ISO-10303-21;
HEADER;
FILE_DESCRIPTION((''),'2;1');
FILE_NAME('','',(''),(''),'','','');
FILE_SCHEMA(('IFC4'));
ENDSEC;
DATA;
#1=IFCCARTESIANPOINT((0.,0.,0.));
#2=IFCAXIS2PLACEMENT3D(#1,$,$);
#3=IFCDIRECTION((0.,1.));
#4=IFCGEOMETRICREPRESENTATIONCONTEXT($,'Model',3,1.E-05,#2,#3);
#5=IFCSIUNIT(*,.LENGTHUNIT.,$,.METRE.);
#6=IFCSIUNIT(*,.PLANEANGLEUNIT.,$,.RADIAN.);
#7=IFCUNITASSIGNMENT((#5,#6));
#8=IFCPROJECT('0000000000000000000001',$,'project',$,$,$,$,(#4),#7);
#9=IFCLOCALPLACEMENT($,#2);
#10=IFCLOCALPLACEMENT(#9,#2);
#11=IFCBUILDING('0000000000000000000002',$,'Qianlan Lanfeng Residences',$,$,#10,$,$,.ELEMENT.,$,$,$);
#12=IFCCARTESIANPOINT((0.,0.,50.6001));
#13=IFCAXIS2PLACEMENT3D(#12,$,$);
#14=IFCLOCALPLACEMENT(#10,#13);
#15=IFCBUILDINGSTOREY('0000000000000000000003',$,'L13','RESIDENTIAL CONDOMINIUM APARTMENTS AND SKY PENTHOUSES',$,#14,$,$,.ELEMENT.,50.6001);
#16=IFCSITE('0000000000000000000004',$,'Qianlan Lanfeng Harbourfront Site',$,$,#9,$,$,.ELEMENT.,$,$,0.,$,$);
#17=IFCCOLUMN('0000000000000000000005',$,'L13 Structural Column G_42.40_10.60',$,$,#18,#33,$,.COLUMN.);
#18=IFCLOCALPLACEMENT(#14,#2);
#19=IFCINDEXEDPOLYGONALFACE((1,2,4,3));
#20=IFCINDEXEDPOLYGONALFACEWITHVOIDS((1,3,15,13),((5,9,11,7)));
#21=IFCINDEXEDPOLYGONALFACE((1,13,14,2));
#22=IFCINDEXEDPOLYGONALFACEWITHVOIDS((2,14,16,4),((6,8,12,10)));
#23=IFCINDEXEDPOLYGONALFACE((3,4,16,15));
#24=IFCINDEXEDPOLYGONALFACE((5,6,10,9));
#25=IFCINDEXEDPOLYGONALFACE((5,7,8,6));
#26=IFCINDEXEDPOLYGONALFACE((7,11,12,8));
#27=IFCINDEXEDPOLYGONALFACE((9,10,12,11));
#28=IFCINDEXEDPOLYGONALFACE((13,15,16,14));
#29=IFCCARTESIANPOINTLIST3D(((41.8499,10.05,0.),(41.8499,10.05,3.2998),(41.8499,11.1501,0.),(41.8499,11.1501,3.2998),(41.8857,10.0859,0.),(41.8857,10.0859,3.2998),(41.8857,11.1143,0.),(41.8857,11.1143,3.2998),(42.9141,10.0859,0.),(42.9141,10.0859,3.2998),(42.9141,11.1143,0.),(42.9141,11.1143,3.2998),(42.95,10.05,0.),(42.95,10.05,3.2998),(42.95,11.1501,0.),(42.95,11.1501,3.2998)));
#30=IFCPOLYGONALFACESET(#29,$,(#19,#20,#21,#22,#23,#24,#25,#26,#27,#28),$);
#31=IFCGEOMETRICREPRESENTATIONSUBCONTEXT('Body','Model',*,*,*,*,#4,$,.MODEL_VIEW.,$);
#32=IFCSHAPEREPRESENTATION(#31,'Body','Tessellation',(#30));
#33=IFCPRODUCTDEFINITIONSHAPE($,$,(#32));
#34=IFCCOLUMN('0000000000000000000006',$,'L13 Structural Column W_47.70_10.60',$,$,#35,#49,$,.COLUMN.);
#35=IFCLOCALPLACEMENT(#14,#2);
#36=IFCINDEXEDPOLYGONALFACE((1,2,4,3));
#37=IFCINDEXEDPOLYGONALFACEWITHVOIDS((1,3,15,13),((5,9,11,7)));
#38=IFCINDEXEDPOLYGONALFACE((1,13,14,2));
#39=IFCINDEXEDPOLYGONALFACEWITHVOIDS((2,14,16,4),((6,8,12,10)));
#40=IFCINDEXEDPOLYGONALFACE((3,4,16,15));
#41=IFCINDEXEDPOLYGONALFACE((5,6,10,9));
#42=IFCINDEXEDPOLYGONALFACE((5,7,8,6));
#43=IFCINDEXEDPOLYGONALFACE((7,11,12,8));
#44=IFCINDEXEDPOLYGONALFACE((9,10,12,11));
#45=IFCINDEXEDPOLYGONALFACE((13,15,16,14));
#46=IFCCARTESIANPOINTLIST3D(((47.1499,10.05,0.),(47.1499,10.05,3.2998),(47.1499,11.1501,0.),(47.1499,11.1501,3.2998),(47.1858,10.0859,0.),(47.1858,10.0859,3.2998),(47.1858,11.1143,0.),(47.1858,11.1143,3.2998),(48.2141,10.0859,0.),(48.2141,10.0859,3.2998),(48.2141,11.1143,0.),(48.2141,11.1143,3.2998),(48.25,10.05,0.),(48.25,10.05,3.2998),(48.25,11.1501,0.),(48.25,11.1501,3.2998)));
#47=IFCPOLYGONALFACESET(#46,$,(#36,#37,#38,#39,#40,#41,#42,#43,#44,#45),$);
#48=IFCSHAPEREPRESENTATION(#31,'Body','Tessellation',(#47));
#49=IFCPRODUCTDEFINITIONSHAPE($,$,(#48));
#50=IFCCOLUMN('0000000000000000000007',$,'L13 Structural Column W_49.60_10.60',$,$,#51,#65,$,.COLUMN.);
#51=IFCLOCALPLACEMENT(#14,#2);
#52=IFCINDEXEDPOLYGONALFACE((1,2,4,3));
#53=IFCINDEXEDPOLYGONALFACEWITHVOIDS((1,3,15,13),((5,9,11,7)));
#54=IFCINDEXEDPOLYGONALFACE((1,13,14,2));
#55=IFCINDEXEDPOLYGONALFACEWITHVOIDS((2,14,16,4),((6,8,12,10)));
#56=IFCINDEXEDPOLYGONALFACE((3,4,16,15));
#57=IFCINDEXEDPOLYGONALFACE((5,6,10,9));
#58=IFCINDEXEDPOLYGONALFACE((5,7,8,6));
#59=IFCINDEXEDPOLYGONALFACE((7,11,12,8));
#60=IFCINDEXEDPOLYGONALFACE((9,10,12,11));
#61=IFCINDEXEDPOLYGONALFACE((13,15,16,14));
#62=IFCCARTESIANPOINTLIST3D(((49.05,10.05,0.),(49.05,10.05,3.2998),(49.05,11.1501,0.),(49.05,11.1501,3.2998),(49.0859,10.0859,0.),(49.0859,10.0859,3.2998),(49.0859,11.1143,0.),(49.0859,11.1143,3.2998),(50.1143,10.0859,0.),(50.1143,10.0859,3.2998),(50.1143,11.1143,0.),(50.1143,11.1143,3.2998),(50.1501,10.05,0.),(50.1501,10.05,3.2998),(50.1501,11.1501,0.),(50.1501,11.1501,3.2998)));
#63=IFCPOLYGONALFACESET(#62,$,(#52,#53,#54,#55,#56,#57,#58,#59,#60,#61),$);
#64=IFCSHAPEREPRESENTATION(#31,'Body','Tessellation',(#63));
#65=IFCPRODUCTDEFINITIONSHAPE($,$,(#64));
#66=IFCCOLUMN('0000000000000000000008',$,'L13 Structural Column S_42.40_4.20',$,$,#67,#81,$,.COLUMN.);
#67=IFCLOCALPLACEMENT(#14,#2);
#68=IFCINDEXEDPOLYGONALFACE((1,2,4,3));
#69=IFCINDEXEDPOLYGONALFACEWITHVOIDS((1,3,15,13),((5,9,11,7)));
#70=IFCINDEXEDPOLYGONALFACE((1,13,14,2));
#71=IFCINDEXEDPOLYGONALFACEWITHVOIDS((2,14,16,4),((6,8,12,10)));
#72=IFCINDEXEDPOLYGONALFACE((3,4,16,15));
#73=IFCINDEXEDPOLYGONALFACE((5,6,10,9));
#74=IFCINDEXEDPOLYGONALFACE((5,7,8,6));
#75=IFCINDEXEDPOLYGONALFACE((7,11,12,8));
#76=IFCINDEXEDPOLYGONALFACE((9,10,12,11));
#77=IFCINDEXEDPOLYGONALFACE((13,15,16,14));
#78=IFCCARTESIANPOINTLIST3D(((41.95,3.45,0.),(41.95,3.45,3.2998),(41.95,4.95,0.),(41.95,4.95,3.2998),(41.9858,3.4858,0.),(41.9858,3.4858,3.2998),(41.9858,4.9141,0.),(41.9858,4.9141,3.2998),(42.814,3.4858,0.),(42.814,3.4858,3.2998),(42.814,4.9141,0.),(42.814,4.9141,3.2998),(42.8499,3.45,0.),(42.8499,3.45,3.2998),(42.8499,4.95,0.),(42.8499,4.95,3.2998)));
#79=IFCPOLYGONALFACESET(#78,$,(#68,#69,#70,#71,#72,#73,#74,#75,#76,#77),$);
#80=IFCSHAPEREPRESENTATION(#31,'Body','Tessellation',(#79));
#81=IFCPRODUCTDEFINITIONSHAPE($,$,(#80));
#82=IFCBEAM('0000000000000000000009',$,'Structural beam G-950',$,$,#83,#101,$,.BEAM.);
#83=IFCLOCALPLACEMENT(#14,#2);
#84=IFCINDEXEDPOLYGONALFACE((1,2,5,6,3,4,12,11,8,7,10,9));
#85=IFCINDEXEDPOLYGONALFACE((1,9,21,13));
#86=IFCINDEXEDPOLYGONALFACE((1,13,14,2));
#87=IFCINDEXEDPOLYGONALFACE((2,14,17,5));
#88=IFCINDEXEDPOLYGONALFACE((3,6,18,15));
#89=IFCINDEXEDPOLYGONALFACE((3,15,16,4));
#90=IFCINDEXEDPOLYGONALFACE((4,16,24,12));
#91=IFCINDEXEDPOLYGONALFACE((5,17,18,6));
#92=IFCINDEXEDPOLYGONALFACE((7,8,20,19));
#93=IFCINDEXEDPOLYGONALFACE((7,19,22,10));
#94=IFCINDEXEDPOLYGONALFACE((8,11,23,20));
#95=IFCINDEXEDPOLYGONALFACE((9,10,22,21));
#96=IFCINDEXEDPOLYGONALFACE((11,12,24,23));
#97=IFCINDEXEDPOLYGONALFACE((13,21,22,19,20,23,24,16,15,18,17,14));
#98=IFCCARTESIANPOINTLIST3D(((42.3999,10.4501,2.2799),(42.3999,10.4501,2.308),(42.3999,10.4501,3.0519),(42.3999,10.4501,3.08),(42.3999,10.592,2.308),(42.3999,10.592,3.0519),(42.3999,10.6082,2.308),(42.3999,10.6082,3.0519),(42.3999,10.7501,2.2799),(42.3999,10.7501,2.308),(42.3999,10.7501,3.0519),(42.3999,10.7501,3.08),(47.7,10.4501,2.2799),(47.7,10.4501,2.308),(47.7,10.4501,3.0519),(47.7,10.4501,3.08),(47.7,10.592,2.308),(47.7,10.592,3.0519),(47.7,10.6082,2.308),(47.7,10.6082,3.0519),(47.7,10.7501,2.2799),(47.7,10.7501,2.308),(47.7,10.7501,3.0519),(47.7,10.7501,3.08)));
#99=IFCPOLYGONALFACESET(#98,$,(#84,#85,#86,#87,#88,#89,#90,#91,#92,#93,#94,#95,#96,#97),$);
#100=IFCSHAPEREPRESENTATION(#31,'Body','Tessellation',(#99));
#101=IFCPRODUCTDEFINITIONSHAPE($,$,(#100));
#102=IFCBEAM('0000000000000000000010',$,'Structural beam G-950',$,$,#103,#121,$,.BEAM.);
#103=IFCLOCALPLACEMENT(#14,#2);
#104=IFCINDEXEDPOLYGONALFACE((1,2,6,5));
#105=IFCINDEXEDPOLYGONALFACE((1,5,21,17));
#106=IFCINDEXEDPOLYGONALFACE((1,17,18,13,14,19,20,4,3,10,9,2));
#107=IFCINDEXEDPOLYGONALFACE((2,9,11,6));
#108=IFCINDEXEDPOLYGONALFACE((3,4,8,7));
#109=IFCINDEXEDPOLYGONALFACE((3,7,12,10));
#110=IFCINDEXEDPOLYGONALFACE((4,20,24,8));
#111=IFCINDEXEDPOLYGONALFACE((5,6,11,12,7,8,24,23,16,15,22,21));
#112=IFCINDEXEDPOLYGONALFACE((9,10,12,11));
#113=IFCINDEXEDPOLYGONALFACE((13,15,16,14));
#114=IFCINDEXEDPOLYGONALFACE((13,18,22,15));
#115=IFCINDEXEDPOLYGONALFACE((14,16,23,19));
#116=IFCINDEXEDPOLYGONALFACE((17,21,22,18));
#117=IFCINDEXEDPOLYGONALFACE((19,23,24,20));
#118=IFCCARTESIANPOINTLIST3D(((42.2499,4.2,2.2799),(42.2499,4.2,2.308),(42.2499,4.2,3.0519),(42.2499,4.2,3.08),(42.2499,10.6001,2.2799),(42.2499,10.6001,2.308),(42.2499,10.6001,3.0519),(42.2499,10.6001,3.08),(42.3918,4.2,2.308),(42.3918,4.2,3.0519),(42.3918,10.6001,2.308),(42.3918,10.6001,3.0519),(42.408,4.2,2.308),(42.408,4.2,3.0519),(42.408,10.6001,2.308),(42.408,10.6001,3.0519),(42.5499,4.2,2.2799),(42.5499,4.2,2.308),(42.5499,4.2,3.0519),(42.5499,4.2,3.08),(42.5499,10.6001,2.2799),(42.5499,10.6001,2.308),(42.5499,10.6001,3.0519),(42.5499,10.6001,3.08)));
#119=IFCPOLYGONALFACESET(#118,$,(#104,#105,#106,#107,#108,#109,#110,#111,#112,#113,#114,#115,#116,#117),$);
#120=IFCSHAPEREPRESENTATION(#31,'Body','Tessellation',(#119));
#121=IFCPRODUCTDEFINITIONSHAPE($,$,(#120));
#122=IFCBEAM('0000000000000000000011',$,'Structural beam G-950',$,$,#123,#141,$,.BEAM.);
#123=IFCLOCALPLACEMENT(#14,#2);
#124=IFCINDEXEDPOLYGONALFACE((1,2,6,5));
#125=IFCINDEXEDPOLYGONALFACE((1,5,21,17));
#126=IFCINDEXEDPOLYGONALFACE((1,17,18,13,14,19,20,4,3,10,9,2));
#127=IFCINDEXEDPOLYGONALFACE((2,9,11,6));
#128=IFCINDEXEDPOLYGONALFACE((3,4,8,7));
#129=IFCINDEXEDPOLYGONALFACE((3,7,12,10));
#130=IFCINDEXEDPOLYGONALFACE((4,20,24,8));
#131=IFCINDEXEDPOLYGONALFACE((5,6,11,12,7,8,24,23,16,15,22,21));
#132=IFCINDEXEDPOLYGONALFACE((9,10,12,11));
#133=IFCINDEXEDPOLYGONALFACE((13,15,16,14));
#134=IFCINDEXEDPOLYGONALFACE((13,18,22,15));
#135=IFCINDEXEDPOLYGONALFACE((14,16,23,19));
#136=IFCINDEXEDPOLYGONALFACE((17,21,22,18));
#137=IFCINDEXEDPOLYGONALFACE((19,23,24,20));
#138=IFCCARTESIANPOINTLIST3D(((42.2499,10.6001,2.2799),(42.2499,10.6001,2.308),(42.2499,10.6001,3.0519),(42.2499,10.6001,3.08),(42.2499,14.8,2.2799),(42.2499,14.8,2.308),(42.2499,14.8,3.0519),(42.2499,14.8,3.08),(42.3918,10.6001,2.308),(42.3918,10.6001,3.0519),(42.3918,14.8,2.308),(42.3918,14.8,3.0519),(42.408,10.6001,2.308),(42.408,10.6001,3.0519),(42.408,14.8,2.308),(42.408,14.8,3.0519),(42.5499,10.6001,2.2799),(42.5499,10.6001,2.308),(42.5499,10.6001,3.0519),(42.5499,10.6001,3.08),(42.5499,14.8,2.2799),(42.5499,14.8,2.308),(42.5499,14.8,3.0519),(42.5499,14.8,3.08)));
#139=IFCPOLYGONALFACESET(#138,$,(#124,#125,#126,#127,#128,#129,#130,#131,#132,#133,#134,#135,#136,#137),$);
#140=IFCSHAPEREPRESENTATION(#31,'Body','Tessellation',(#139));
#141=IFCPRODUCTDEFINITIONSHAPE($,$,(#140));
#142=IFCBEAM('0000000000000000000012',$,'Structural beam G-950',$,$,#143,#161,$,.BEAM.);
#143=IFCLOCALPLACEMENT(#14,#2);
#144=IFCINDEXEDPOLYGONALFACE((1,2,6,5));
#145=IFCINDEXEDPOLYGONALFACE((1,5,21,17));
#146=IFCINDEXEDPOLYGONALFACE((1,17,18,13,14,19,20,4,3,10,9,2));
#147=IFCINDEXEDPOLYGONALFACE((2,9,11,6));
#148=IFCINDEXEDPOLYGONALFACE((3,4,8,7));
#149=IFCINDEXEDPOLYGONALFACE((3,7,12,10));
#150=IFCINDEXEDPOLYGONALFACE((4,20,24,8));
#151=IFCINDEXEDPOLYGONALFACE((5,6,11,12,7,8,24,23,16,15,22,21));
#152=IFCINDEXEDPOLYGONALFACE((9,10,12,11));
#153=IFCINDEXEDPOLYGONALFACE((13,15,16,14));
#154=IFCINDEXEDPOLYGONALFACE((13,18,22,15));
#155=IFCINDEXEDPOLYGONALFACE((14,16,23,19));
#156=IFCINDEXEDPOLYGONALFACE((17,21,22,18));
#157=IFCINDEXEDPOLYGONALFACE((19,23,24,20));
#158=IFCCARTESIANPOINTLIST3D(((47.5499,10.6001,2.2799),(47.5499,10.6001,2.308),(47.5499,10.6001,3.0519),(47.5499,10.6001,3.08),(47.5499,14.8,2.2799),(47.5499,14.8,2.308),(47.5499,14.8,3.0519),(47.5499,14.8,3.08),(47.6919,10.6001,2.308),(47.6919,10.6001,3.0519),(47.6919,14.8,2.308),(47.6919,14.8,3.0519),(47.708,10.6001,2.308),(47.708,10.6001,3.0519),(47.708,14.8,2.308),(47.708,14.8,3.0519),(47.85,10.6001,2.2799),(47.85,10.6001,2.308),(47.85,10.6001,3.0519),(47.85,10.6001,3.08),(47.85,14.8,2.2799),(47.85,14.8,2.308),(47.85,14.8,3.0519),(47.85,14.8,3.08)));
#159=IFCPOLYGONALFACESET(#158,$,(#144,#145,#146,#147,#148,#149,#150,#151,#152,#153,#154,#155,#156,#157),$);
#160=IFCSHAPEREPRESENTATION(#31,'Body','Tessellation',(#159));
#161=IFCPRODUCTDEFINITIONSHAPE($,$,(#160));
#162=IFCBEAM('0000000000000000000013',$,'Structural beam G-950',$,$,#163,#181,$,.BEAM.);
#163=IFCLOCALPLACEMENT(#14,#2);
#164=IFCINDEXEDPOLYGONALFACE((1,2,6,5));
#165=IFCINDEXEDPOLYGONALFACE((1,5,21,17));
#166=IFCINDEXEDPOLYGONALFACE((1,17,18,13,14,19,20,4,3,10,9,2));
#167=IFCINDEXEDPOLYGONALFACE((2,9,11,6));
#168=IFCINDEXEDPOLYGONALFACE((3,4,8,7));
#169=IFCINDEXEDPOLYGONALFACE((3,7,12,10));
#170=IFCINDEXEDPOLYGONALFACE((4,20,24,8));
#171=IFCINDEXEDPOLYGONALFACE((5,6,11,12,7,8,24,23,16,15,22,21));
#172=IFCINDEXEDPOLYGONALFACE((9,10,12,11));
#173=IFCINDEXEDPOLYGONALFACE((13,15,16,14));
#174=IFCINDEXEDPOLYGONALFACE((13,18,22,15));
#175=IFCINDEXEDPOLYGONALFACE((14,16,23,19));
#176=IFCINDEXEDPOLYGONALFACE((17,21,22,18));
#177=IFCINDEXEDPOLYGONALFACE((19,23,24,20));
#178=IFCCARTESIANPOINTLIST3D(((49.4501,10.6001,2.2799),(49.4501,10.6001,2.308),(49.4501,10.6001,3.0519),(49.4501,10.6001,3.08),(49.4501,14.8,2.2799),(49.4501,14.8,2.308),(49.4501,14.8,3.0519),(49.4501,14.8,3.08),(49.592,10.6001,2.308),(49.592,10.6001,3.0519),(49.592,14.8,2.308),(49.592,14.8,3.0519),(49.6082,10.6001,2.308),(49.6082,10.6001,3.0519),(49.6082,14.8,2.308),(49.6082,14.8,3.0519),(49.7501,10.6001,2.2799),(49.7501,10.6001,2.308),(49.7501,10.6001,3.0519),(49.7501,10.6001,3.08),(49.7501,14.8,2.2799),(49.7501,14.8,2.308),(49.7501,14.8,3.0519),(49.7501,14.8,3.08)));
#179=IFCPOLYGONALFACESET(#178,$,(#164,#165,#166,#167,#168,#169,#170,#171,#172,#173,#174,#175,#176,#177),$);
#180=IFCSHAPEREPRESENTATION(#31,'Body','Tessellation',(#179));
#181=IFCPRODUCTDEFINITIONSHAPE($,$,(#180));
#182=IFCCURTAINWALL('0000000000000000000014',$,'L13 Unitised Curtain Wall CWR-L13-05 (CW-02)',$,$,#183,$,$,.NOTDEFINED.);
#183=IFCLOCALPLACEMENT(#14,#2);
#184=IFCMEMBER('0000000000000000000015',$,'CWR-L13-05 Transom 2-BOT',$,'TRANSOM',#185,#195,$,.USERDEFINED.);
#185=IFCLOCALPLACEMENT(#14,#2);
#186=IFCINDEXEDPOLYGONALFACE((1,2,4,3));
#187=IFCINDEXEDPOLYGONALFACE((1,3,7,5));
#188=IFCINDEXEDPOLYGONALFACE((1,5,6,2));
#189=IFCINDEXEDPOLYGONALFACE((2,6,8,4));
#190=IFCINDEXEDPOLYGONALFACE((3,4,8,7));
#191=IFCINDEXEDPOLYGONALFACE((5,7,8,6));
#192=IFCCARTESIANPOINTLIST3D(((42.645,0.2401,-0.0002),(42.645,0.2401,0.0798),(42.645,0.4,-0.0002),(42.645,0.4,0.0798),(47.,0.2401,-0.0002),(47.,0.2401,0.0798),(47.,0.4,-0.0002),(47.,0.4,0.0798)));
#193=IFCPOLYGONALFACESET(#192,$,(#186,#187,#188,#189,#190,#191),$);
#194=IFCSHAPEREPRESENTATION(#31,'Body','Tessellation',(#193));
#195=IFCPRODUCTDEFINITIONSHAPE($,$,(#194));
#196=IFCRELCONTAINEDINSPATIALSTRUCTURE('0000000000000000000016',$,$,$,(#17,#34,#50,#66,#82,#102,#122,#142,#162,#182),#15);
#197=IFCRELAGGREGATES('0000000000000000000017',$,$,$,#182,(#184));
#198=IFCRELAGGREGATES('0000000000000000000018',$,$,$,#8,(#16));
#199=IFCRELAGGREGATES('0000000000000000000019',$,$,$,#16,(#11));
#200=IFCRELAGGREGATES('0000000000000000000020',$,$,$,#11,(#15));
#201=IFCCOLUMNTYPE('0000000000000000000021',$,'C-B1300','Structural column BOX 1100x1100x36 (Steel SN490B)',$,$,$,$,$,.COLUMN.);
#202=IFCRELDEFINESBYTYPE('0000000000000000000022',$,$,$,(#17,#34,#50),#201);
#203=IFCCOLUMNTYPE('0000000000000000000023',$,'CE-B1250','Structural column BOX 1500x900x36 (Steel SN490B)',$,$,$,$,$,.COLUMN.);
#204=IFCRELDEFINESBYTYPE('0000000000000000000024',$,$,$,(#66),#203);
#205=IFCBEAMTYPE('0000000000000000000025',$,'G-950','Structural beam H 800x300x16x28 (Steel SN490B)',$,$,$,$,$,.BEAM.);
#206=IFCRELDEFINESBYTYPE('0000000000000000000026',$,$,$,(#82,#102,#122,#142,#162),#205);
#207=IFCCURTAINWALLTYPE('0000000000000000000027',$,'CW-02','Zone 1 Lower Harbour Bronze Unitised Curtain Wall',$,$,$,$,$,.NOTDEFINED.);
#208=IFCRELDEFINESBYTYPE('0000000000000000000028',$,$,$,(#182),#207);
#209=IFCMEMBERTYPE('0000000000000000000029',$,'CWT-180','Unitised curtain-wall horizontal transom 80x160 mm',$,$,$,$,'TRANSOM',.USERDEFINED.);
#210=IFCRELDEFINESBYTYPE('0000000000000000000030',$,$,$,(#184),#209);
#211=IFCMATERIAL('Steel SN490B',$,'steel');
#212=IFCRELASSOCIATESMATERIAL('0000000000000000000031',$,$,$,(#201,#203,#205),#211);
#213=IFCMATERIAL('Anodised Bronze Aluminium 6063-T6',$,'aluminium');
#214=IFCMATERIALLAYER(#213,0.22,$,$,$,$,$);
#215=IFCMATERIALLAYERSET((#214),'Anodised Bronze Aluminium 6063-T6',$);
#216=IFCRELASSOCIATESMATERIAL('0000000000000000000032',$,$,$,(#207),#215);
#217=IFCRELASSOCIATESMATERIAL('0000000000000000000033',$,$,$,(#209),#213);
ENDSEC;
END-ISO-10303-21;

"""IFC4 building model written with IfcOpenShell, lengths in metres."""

from ifc_helpers import new_model, si_unit, direction, frame, origin, origin_2d, place, context, subcontext, project, spatial, rectangle, hollow_rectangle, i_section, extrude, source, transform, mapped, material, layer, layer_set, material_profile, profile_set, type_object, element, aggregate, save


model = new_model("IFC4")

# Units and contexts
model_context = context("Model", 3, precision=1e-05, world=origin(), true_north=direction((0.0, 1.0)))
body_context = subcontext(model_context, "Body", "Model", "MODEL_VIEW")
ifc_project = project(units=[si_unit("LENGTHUNIT", "METRE"), si_unit("PLANEANGLEUNIT", "RADIAN")], contexts=[model_context])

# Site, building, storey
site_placement = place(None, origin())
site = spatial("IfcSite", under=ifc_project, at=site_placement, Name="Qianlan Lanfeng Harbourfront Site", CompositionType="ELEMENT", RefElevation=0.0)
building_placement = place(site_placement, origin())
building = spatial("IfcBuilding", under=site, at=building_placement, Name="Qianlan Lanfeng Residences", CompositionType="ELEMENT")
storey_placement = place(building_placement, frame((0.0, 0.0, 50.6001)))
storey = spatial("IfcBuildingStorey", under=building, at=storey_placement, Name="L13", Description="RESIDENTIAL CONDOMINIUM APARTMENTS AND SKY PENTHOUSES", CompositionType="ELEMENT", Elevation=50.6001)

# Columns
ifc_material_1 = material(Name="Steel SN490B", Category="steel")
ifc_material_profile_1 = material_profile(ifc_material_1, hollow_rectangle(XDim=1.1001, YDim=1.1001, WallThickness=0.0359, at=origin_2d()), Name="BOX 1100x1100x36")
ifc_profile_set_1 = profile_set([ifc_material_profile_1], Name="Steel SN490B")
column_type_1 = type_object("IfcColumnType", Name="C-B1300", Description="Structural column BOX 1100x1100x36 (Steel SN490B)", PredefinedType="COLUMN", material=ifc_profile_set_1)
for number, where, z_axis, x_axis, name in (
    (1, (42.3999, 10.6001, 0.0), (0.0, 0.0, 1.0), (1.0, 0.0, 0.0), "L13 Structural Column G_42.40_10.60"),
    (2, (47.7, 10.6001, 0.0), (0.0, 0.0, 1.0), (1.0, 0.0, 0.0), "L13 Structural Column W_47.70_10.60"),
    (3, (49.6001, 10.6001, 0.0), (0.0, 0.0, 1.0), (1.0, 0.0, 0.0), "L13 Structural Column W_49.60_10.60"),
):
    element("IfcColumn", number, at=place(storey_placement, frame(where, z_axis=z_axis, x_axis=x_axis)), inside=storey, type_object=column_type_1, Name=name, PredefinedType="COLUMN", context=body_context, shape_type="SweptSolid", body=[
        extrude(hollow_rectangle(XDim=1.1001, YDim=1.1001, WallThickness=0.0359, at=origin_2d()), origin(), (0.0, 0.0, 1.0), 3.2998),
    ])
ifc_material_profile_2 = material_profile(ifc_material_1, hollow_rectangle(XDim=0.8999, YDim=1.5, WallThickness=0.0359, at=origin_2d()), Name="BOX 1500x900x36")
ifc_profile_set_2 = profile_set([ifc_material_profile_2], Name="Steel SN490B")
column_type_2 = type_object("IfcColumnType", Name="CE-B1250", Description="Structural column BOX 1500x900x36 (Steel SN490B)", PredefinedType="COLUMN", material=ifc_profile_set_2)
column_placement = place(storey_placement, frame((42.3999, 4.2, 0.0), z_axis=(0.0, 0.0, 1.0), x_axis=(1.0, 0.0, 0.0)))
element("IfcColumn", 4, at=column_placement, inside=storey, type_object=column_type_2, Name="L13 Structural Column S_42.40_4.20", PredefinedType="COLUMN", context=body_context, shape_type="SweptSolid", body=[
    extrude(hollow_rectangle(XDim=0.8999, YDim=1.5, WallThickness=0.0359, at=origin_2d()), origin(), (0.0, 0.0, 1.0), 3.2998),
])

# Beams
ifc_material_profile_3 = material_profile(ifc_material_1, i_section(OverallWidth=0.3, OverallDepth=0.8, WebThickness=0.0161, FlangeThickness=0.0281, at=origin_2d()), Name="H 800x300x16x28")
ifc_profile_set_3 = profile_set([ifc_material_profile_3], Name="Steel SN490B")
beam_type = type_object("IfcBeamType", Name="G-950", Description="Structural beam H 800x300x16x28 (Steel SN490B)", PredefinedType="BEAM", material=ifc_profile_set_3)
beam_1_placement = place(storey_placement, frame((42.3999, 10.6001, 2.6799), z_axis=(1.0, 0.0, 0.0), x_axis=(0.0, 1.0, 0.0)))
element("IfcBeam", 5, at=beam_1_placement, inside=storey, type_object=beam_type, Name="Structural beam G-950", PredefinedType="BEAM", context=body_context, shape_type="SweptSolid", body=[
    extrude(i_section(OverallWidth=0.3, OverallDepth=0.8, WebThickness=0.0161, FlangeThickness=0.0281, at=origin_2d()), origin(), (0.0, 0.0, 1.0), 5.3),
])
beam_2_placement = place(storey_placement, frame((42.3999, 4.2, 2.6799), z_axis=(0.0, 1.0, 0.0), x_axis=(-1.0, 0.0, 0.0)))
element("IfcBeam", 6, at=beam_2_placement, inside=storey, type_object=beam_type, Name="Structural beam G-950", PredefinedType="BEAM", context=body_context, shape_type="SweptSolid", body=[
    extrude(i_section(OverallWidth=0.3, OverallDepth=0.8, WebThickness=0.0161, FlangeThickness=0.0281, at=origin_2d()), origin(), (0.0, 0.0, 1.0), 6.4001),
])
for number, where, z_axis, x_axis, name in (
    (7, (42.3999, 10.6001, 2.6799), (0.0, 1.0, 0.0), (-1.0, 0.0, 0.0), "Structural beam G-950"),
    (8, (47.7, 10.6001, 2.6799), (0.0, 1.0, 0.0), (-1.0, 0.0, 0.0), "Structural beam G-950"),
    (9, (49.6001, 10.6001, 2.6799), (0.0, 1.0, 0.0), (-1.0, 0.0, 0.0), "Structural beam G-950"),
):
    element("IfcBeam", number, at=place(storey_placement, frame(where, z_axis=z_axis, x_axis=x_axis)), inside=storey, type_object=beam_type, Name=name, PredefinedType="BEAM", context=body_context, shape_type="SweptSolid", body=[
        extrude(i_section(OverallWidth=0.3, OverallDepth=0.8, WebThickness=0.0161, FlangeThickness=0.0281, at=origin_2d()), origin(), (0.0, 0.0, 1.0), 4.2),
    ])

# Curtain wall, member
ifc_material_2 = material(Name="Anodised Bronze Aluminium 6063-T6", Category="aluminium")
ifc_layer_1 = layer(ifc_material_2, 0.22)
ifc_layer_set_1 = layer_set([ifc_layer_1], Name="Anodised Bronze Aluminium 6063-T6")
curtain_wall_type = type_object("IfcCurtainWallType", Name="CW-02", Description="Zone 1 Lower Harbour Bronze Unitised Curtain Wall", PredefinedType="NOTDEFINED", material=ifc_layer_set_1)
curtain_wall_placement = place(storey_placement, origin())
curtain_wall = element("IfcCurtainWall", 10, at=curtain_wall_placement, inside=storey, type_object=curtain_wall_type, Name="L13 Unitised Curtain Wall CWR-L13-05 (CW-02)", PredefinedType="NOTDEFINED")
ifc_material_profile_4 = material_profile(ifc_material_2, rectangle(XDim=0.0801, YDim=0.1599, at=origin_2d()), Name="ALU TRANSOM 80x160")
ifc_profile_set_4 = profile_set([ifc_material_profile_4], Name="Anodised Bronze Aluminium 6063-T6")
member_type_1 = type_object("IfcMemberType", Name="CWT-180", Description="Unitised curtain-wall horizontal transom 80x160 mm", ElementType="TRANSOM", PredefinedType="USERDEFINED", material=ifc_profile_set_4)
shared_shape_1 = source(origin(), body_context, "Body", "SweptSolid", [
    extrude(rectangle(XDim=0.0801, YDim=0.1599, at=origin_2d()), origin(), (0.0, 0.0, 1.0), 4.355),
])
member_1_placement = place(storey_placement, frame((42.645, 0.3201, 0.0398), z_axis=(1.0, 0.0, 0.0), x_axis=(0.0, 0.0, 1.0)))
member_1 = element("IfcMember", 11, at=member_1_placement, type_object=member_type_1, Name="CWR-L13-05 Transom 2-BOT", ObjectType="TRANSOM", PredefinedType="USERDEFINED", context=body_context, shape_type="MappedRepresentation", body=[
    mapped(shared_shape_1, transform((0.0, 0.0, 0.0), scale=1.0)),
])
aggregate(curtain_wall, [member_1])

save(model, "model.ifc")
